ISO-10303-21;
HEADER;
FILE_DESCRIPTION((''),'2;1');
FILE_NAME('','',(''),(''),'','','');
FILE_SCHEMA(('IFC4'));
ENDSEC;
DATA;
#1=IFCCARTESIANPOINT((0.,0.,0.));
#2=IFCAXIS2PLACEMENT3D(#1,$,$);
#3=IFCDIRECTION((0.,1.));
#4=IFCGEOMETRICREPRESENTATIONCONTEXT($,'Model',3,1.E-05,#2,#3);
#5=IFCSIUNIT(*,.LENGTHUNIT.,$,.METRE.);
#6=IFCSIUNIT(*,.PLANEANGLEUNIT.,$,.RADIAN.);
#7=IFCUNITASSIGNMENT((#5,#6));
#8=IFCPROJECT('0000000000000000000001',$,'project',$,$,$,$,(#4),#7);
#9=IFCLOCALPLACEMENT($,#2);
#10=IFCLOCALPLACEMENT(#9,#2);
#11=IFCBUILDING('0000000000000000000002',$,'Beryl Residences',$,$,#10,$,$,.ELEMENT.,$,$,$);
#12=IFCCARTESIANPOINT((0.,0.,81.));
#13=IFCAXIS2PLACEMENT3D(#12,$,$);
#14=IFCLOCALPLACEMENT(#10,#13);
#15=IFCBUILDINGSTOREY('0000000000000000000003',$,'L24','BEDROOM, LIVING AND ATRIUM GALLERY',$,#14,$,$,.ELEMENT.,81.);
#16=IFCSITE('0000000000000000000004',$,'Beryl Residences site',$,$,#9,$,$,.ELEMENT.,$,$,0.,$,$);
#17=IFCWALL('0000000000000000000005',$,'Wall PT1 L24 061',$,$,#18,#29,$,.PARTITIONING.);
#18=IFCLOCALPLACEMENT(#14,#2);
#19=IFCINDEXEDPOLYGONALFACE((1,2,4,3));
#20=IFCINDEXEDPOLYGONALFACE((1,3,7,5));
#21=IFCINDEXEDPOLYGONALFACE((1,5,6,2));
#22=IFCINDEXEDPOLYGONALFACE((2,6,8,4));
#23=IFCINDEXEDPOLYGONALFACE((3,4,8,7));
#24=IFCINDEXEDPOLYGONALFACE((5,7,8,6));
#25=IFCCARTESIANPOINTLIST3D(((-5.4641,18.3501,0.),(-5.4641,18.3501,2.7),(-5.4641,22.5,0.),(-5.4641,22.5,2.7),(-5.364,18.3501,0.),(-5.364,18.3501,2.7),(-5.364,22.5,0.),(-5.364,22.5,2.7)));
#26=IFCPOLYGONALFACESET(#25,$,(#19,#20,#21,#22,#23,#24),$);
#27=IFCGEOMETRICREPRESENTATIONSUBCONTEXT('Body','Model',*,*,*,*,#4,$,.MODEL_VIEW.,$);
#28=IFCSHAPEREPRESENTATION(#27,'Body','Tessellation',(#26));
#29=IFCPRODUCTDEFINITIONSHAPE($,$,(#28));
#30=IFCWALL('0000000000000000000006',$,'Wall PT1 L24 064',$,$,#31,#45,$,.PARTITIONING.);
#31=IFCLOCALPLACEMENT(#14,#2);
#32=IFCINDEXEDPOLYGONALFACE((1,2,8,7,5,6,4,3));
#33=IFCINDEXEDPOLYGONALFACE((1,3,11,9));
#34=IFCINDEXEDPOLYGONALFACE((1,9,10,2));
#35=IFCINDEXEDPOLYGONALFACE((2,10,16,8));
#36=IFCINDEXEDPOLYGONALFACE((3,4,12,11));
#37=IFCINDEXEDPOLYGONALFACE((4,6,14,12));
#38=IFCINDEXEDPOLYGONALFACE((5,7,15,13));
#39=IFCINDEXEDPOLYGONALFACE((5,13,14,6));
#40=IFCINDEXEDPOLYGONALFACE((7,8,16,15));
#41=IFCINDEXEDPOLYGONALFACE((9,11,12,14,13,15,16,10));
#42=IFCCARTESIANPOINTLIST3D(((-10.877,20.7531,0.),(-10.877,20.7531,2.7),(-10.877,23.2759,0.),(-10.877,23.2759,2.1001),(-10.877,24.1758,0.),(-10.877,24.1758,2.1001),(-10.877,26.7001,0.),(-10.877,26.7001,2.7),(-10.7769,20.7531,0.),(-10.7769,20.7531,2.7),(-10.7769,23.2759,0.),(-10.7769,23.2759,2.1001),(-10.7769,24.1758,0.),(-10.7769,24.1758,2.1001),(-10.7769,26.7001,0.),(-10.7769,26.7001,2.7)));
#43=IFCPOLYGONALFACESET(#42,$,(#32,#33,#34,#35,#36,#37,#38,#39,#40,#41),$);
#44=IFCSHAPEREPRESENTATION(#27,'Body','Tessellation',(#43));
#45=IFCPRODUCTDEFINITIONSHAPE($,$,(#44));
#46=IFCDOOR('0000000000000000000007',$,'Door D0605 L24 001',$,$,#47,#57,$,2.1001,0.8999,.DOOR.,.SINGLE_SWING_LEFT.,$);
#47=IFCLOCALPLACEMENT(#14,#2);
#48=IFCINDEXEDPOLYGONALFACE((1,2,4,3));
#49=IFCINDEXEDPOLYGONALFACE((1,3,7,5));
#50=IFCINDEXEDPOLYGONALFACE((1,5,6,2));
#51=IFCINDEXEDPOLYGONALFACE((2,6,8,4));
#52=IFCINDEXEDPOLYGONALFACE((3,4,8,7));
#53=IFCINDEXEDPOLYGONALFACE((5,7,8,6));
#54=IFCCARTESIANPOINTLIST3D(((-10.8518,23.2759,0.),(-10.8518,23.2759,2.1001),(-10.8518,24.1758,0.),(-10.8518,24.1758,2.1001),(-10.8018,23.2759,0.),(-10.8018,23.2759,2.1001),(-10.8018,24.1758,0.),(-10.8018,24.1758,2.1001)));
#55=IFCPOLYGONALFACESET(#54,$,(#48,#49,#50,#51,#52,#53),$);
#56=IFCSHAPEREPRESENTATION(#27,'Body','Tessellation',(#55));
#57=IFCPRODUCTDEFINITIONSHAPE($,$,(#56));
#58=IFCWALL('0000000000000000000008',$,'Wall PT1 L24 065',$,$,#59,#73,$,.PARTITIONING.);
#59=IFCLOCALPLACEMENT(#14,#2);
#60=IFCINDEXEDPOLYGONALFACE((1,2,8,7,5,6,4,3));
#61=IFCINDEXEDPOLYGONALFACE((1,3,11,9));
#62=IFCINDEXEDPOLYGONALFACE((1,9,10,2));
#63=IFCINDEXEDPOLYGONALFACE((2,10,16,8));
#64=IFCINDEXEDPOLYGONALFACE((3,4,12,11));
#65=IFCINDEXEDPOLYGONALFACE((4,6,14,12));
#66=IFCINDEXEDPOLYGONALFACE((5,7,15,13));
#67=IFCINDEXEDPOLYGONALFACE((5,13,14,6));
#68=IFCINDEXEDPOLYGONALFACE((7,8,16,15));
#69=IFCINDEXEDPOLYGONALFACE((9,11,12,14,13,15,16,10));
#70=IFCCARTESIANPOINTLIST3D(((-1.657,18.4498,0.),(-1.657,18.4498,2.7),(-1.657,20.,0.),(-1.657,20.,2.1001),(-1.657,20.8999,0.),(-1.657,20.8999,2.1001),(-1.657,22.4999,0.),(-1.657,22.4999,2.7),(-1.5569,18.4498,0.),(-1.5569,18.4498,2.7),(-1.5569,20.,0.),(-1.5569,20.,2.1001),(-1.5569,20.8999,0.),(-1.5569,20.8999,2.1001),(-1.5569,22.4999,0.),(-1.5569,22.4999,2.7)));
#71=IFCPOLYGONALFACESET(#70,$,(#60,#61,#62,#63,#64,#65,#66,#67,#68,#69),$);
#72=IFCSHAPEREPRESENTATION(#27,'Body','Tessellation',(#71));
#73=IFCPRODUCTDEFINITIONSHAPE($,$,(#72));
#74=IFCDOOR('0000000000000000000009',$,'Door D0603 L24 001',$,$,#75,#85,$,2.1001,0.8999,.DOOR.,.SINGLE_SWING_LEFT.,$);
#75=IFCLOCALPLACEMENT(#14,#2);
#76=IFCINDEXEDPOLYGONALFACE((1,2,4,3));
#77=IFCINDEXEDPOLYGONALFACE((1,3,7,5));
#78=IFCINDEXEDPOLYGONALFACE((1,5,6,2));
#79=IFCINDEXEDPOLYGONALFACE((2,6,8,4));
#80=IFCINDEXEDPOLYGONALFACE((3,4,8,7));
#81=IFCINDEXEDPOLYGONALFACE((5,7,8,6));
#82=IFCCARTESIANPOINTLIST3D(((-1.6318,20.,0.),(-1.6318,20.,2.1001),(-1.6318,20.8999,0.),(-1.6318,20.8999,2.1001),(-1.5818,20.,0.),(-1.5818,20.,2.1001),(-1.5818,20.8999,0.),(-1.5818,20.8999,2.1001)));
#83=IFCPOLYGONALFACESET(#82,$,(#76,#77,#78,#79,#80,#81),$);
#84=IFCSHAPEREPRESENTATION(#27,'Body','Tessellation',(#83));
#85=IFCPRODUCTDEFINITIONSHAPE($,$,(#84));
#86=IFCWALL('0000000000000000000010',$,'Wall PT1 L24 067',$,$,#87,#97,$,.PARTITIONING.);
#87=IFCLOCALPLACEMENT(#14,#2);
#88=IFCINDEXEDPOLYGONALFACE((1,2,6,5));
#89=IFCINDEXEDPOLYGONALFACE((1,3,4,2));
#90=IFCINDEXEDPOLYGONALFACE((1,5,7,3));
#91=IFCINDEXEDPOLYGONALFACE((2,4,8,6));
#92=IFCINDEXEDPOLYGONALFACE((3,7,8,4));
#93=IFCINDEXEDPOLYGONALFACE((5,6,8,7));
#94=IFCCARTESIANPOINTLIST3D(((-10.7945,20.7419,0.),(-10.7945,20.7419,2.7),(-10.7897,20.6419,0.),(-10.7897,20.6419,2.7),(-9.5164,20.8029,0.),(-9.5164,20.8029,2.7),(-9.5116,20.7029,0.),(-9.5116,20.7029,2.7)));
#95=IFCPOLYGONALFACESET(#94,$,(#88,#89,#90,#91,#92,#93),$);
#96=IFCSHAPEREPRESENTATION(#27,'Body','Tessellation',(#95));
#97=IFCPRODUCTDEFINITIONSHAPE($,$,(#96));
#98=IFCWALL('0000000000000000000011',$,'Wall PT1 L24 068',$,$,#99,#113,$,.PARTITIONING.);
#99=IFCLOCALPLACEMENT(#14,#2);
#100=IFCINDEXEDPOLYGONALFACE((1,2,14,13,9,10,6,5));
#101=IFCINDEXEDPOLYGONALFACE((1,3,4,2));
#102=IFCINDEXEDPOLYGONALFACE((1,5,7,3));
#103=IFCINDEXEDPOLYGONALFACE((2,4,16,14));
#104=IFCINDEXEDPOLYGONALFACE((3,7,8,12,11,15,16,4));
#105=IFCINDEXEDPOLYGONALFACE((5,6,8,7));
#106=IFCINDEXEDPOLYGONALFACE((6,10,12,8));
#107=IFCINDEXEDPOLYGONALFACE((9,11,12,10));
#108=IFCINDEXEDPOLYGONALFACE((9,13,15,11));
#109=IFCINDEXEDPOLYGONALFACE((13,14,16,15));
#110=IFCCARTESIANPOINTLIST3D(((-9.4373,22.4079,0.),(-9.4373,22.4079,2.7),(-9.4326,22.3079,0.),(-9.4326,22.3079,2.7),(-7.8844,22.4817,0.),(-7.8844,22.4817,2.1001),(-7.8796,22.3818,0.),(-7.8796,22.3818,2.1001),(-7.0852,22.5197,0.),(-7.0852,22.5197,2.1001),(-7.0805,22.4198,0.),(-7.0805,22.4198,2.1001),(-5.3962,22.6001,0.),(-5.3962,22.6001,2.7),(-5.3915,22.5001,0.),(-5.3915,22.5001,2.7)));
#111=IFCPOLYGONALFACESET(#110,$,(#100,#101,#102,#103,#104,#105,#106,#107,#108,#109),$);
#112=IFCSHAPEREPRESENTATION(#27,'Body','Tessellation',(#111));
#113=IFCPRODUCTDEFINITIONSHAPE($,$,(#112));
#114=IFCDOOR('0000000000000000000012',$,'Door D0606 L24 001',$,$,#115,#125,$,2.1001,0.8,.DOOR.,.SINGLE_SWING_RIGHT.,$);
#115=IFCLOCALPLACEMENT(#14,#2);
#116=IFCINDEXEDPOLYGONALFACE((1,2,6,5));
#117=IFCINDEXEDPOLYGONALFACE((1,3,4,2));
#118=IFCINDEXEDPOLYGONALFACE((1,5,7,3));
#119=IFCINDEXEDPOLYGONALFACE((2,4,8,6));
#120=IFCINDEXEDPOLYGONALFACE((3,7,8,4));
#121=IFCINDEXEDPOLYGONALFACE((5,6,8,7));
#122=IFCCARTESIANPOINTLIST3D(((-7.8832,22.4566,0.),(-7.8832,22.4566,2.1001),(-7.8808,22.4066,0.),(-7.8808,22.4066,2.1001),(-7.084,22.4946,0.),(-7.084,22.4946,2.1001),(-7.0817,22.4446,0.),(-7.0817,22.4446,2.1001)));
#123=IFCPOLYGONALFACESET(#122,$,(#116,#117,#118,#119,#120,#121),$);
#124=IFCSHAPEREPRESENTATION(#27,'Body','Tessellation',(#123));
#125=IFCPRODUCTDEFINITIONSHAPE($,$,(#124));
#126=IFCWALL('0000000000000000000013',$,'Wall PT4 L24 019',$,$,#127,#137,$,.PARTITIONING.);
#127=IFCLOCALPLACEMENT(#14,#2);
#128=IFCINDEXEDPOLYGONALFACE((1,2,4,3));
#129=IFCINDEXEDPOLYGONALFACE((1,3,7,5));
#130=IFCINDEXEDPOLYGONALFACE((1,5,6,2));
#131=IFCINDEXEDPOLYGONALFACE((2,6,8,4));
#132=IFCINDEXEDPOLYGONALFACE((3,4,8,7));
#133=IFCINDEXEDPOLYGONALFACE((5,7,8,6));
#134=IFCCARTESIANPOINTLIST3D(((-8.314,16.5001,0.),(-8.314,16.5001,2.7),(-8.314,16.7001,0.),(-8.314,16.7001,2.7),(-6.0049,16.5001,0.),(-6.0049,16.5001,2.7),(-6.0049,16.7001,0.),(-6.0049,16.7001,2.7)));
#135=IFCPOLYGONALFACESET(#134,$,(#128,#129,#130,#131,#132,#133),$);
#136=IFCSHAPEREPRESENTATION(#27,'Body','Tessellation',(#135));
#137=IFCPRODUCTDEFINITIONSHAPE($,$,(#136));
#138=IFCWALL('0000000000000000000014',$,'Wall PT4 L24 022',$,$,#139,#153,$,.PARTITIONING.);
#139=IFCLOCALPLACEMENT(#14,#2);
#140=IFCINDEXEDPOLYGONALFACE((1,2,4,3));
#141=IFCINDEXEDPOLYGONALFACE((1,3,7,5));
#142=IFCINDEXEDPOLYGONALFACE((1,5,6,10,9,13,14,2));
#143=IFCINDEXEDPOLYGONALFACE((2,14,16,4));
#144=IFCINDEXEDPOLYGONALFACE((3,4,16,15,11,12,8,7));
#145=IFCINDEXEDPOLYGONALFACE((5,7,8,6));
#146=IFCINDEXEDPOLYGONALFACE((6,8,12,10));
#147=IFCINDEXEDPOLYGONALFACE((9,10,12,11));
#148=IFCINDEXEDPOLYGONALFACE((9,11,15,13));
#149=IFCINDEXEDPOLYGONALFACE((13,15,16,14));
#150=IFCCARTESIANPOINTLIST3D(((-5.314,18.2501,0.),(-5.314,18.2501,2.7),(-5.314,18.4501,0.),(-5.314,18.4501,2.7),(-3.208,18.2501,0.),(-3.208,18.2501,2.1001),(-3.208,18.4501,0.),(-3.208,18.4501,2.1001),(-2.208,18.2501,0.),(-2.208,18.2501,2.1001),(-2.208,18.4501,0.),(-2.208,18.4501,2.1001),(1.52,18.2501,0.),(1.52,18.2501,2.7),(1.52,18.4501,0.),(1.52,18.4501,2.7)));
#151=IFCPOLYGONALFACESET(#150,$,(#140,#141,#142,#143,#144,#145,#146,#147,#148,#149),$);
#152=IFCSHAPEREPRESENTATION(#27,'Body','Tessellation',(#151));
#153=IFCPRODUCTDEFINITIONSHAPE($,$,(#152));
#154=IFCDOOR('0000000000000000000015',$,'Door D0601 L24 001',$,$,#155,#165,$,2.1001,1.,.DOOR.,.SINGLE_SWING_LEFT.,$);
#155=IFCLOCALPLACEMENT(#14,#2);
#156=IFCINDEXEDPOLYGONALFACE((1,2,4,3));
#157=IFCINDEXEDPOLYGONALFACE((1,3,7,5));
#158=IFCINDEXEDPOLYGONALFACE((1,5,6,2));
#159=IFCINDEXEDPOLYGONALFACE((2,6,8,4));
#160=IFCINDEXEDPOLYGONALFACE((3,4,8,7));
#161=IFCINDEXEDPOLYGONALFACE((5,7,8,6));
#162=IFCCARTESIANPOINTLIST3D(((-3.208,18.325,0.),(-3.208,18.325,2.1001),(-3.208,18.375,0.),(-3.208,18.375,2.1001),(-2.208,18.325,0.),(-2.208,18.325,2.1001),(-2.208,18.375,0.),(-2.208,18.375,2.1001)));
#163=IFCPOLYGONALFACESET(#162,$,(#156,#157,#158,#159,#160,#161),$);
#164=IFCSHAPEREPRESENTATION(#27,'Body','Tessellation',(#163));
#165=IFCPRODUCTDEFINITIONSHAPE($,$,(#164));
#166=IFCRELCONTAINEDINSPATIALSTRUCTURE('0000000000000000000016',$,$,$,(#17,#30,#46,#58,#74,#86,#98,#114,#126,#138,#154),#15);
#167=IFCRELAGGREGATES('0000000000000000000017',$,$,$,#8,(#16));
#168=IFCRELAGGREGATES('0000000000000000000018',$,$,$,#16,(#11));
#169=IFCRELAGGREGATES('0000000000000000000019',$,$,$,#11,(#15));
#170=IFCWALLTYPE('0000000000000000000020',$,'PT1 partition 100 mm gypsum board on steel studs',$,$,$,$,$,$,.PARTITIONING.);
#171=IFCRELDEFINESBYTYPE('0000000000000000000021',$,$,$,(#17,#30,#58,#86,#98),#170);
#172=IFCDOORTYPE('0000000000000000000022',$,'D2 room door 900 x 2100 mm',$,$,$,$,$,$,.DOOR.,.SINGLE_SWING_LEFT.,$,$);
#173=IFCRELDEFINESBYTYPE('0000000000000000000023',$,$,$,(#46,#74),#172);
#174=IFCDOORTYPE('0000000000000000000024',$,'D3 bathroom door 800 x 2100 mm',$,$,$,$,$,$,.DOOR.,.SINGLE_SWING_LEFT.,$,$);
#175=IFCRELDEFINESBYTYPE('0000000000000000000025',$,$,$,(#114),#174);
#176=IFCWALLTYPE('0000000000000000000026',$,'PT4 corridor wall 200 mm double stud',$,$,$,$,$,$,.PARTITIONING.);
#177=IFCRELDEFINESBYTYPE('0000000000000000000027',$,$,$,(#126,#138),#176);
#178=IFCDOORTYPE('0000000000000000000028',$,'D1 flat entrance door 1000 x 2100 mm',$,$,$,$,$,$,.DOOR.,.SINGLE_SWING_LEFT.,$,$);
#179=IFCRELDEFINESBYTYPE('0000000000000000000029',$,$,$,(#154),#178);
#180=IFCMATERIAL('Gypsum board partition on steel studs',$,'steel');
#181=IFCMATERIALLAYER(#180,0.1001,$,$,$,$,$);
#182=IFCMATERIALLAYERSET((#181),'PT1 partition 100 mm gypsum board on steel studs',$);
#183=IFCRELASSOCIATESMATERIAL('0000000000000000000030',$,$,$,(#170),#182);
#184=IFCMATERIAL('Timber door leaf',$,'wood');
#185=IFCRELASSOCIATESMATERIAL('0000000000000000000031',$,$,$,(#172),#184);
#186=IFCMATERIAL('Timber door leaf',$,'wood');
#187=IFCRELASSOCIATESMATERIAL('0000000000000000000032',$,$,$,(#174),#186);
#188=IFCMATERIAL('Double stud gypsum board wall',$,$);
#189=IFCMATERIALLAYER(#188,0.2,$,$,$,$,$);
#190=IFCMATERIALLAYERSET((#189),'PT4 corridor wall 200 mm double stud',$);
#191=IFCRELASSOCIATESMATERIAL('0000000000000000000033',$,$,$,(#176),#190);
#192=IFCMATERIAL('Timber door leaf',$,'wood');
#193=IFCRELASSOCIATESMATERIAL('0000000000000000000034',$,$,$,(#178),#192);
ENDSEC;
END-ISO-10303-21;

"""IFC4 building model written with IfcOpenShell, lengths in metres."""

from ifc_helpers import new_model, si_unit, direction, frame, frame_2d, origin, place, context, subcontext, project, spatial, rectangle, extrude, material, layer, layer_set, type_object, element, fill, save


model = new_model("IFC4")

# Units and contexts
model_context = context("Model", 3, precision=1e-05, world=origin(), true_north=direction((0.0, 1.0)))
body_context = subcontext(model_context, "Body", "Model", "MODEL_VIEW")
ifc_project = project(units=[si_unit("LENGTHUNIT", "METRE"), si_unit("PLANEANGLEUNIT", "RADIAN")], contexts=[model_context])

# Site, building, storey
site_placement = place(None, origin())
site = spatial("IfcSite", under=ifc_project, at=site_placement, Name="Beryl Residences site", CompositionType="ELEMENT", RefElevation=0.0)
building_placement = place(site_placement, origin())
building = spatial("IfcBuilding", under=site, at=building_placement, Name="Beryl Residences", CompositionType="ELEMENT")
storey_placement = place(building_placement, frame((0.0, 0.0, 81.0)))
storey = spatial("IfcBuildingStorey", under=building, at=storey_placement, Name="L24", Description="BEDROOM, LIVING AND ATRIUM GALLERY", CompositionType="ELEMENT", Elevation=81.0)

# Shared definitions
ifc_material_1 = material(Name="Gypsum board partition on steel studs", Category="steel")
ifc_layer_1 = layer(ifc_material_1, 0.1001)
ifc_layer_set_1 = layer_set([ifc_layer_1], Name="PT1 partition 100 mm gypsum board on steel studs")
wall_type_1 = type_object("IfcWallType", Name="PT1 partition 100 mm gypsum board on steel studs", PredefinedType="PARTITIONING", material=ifc_layer_set_1)

# Shared definitions
ifc_material_2 = material(Name="Timber door leaf", Category="wood")
door_type_1 = type_object("IfcDoorType", Name="D2 room door 900 x 2100 mm", OperationType="SINGLE_SWING_LEFT", PredefinedType="DOOR", material=ifc_material_2)

# Shared definitions
ifc_material_3 = material(Name="Timber door leaf", Category="wood")
door_type_2 = type_object("IfcDoorType", Name="D3 bathroom door 800 x 2100 mm", OperationType="SINGLE_SWING_LEFT", PredefinedType="DOOR", material=ifc_material_3)

# Wall
wall_1_placement = place(storey_placement, frame((-5.4141, 18.3501, 0.0), z_axis=(0.0, 0.0, 1.0), x_axis=(0.0, 1.0, 0.0)))
element("IfcWall", 1, at=wall_1_placement, inside=storey, type_object=wall_type_1, Name="Wall PT1 L24 061", PredefinedType="PARTITIONING", context=body_context, shape_type="SweptSolid", body=[
    extrude(rectangle(XDim=4.1499, YDim=0.1001, at=frame_2d((2.075, 0.0))), origin(), (0.0, 0.0, 1.0), 2.7),
])

# Walls, openings, doors
wall_2_placement = place(storey_placement, frame((-10.8269, 20.7529, 0.0), z_axis=(0.0, 0.0, 1.0), x_axis=(0.0, 1.0, 0.0)))
wall_2 = element("IfcWall", 2, at=wall_2_placement, inside=storey, type_object=wall_type_1, Name="Wall PT1 L24 064", PredefinedType="PARTITIONING", context=body_context, shape_type="SweptSolid", body=[
    extrude(rectangle(XDim=5.947, YDim=0.1001, at=frame_2d((2.9736, 0.0))), origin(), (0.0, 0.0, 1.0), 2.7),
])
opening_1_placement = place(wall_2_placement, frame((2.5229, 0.0, 0.0)))
opening_1 = element("IfcOpeningElement", 3, at=opening_1_placement, cuts=wall_2, PredefinedType="OPENING", context=body_context, shape_type="SweptSolid", body=[
    extrude(rectangle(XDim=0.8999, YDim=2.1001, at=frame_2d((0.45, 1.05))), frame((0.0, 0.0601, 0.0), z_axis=(0.0, -1.0, 0.0), x_axis=(1.0, 0.0, 0.0)), (0.0, 0.0, 1.0), 0.1201),
])
door_1_placement = place(opening_1_placement, origin())
door_1 = element("IfcDoor", 4, at=door_1_placement, inside=storey, type_object=door_type_1, Name="Door D0605 L24 001", OperationType="SINGLE_SWING_LEFT", OverallHeight=2.1001, OverallWidth=0.8999, PredefinedType="DOOR", context=body_context, shape_type="SweptSolid", body=[
    extrude(rectangle(XDim=0.8999, YDim=2.1001, at=frame_2d((0.45, 1.05))), frame((0.0, 0.0249, 0.0), z_axis=(0.0, -1.0, 0.0), x_axis=(1.0, 0.0, 0.0)), (0.0, 0.0, 1.0), 0.05),
])
fill(opening_1, door_1)
wall_3_placement = place(storey_placement, frame((-1.6069, 18.45, 0.0), z_axis=(0.0, 0.0, 1.0), x_axis=(0.0, 1.0, 0.0)))
wall_3 = element("IfcWall", 5, at=wall_3_placement, inside=storey, type_object=wall_type_1, Name="Wall PT1 L24 065", PredefinedType="PARTITIONING", context=body_context, shape_type="SweptSolid", body=[
    extrude(rectangle(XDim=4.05, YDim=0.1001, at=frame_2d((2.0249, 0.0))), origin(), (0.0, 0.0, 1.0), 2.7),
])
opening_2_placement = place(wall_3_placement, frame((1.55, 0.0, 0.0)))
opening_2 = element("IfcOpeningElement", 6, at=opening_2_placement, cuts=wall_3, PredefinedType="OPENING", context=body_context, shape_type="SweptSolid", body=[
    extrude(rectangle(XDim=0.8999, YDim=2.1001, at=frame_2d((0.45, 1.05))), frame((0.0, 0.0601, 0.0), z_axis=(0.0, -1.0, 0.0), x_axis=(1.0, 0.0, 0.0)), (0.0, 0.0, 1.0), 0.1201),
])
door_2_placement = place(opening_2_placement, origin())
door_2 = element("IfcDoor", 7, at=door_2_placement, inside=storey, type_object=door_type_1, Name="Door D0603 L24 001", OperationType="SINGLE_SWING_LEFT", OverallHeight=2.1001, OverallWidth=0.8999, PredefinedType="DOOR", context=body_context, shape_type="SweptSolid", body=[
    extrude(rectangle(XDim=0.8999, YDim=2.1001, at=frame_2d((0.45, 1.05))), frame((0.0, 0.0249, 0.0), z_axis=(0.0, -1.0, 0.0), x_axis=(1.0, 0.0, 0.0)), (0.0, 0.0, 1.0), 0.05),
])
fill(opening_2, door_2)

# Wall
wall_4_placement = place(storey_placement, frame((-10.792, 20.6919, 0.0), z_axis=(0.0, 0.0, 1.0), x_axis=(0.998862, 0.047701, 0.0)))
element("IfcWall", 8, at=wall_4_placement, inside=storey, type_object=wall_type_1, Name="Wall PT1 L24 067", PredefinedType="PARTITIONING", context=body_context, shape_type="SweptSolid", body=[
    extrude(rectangle(XDim=1.2795, YDim=0.1001, at=frame_2d((0.6396, 0.0))), origin(), (0.0, 0.0, 1.0), 2.7),
])

# Wall, opening, door
wall_5_placement = place(storey_placement, frame((-9.4351, 22.3579, 0.0), z_axis=(0.0, 0.0, 1.0), x_axis=(0.998872, 0.047493, 0.0)))
wall_5 = element("IfcWall", 9, at=wall_5_placement, inside=storey, type_object=wall_type_1, Name="Wall PT1 L24 068", PredefinedType="PARTITIONING", context=body_context, shape_type="SweptSolid", body=[
    extrude(rectangle(XDim=4.0457, YDim=0.1001, at=frame_2d((2.0229, 0.0))), origin(), (0.0, 0.0, 1.0), 2.7),
])
opening_3_placement = place(wall_5_placement, frame((1.5549, 0.0, 0.0)))
opening_3 = element("IfcOpeningElement", 10, at=opening_3_placement, cuts=wall_5, PredefinedType="OPENING", context=body_context, shape_type="SweptSolid", body=[
    extrude(rectangle(XDim=0.8, YDim=2.1001, at=frame_2d((0.3999, 1.05))), frame((0.0, 0.0601, 0.0), z_axis=(0.0, -1.0, 0.0), x_axis=(1.0, 0.0, 0.0)), (0.0, 0.0, 1.0), 0.1201),
])
door_3_placement = place(opening_3_placement, origin())
door_3 = element("IfcDoor", 11, at=door_3_placement, inside=storey, type_object=door_type_2, Name="Door D0606 L24 001", OperationType="SINGLE_SWING_RIGHT", OverallHeight=2.1001, OverallWidth=0.8, PredefinedType="DOOR", context=body_context, shape_type="SweptSolid", body=[
    extrude(rectangle(XDim=0.8, YDim=2.1001, at=frame_2d((0.3999, 1.05))), frame((0.0, 0.0249, 0.0), z_axis=(0.0, -1.0, 0.0), x_axis=(1.0, 0.0, 0.0)), (0.0, 0.0, 1.0), 0.05),
])
fill(opening_3, door_3)

# Wall
ifc_material_4 = material(Name="Double stud gypsum board wall")
ifc_layer_2 = layer(ifc_material_4, 0.2)
ifc_layer_set_2 = layer_set([ifc_layer_2], Name="PT4 corridor wall 200 mm double stud")
wall_type_2 = type_object("IfcWallType", Name="PT4 corridor wall 200 mm double stud", PredefinedType="PARTITIONING", material=ifc_layer_set_2)
wall_6_placement = place(storey_placement, frame((-8.314, 16.6001, 0.0), z_axis=(0.0, 0.0, 1.0), x_axis=(1.0, 0.0, 0.0)))
element("IfcWall", 12, at=wall_6_placement, inside=storey, type_object=wall_type_2, Name="Wall PT4 L24 019", PredefinedType="PARTITIONING", context=body_context, shape_type="SweptSolid", body=[
    extrude(rectangle(XDim=2.3091, YDim=0.2, at=frame_2d((1.1545, 0.0))), origin(), (0.0, 0.0, 1.0), 2.7),
])

# Wall, opening, door
wall_7_placement = place(storey_placement, frame((-5.314, 18.3501, 0.0), z_axis=(0.0, 0.0, 1.0), x_axis=(1.0, 0.0, 0.0)))
wall_7 = element("IfcWall", 13, at=wall_7_placement, inside=storey, type_object=wall_type_2, Name="Wall PT4 L24 022", PredefinedType="PARTITIONING", context=body_context, shape_type="SweptSolid", body=[
    extrude(rectangle(XDim=6.834, YDim=0.2, at=frame_2d((3.417, 0.0))), origin(), (0.0, 0.0, 1.0), 2.7),
])
opening_4_placement = place(wall_7_placement, frame((2.106, 0.0, 0.0)))
opening_4 = element("IfcOpeningElement", 14, at=opening_4_placement, cuts=wall_7, PredefinedType="OPENING", context=body_context, shape_type="SweptSolid", body=[
    extrude(rectangle(XDim=1.0, YDim=2.1001, at=frame_2d((0.5, 1.05))), frame((0.0, 0.1099, 0.0), z_axis=(0.0, -1.0, 0.0), x_axis=(1.0, 0.0, 0.0)), (0.0, 0.0, 1.0), 0.22),
])
ifc_material_5 = material(Name="Timber door leaf", Category="wood")
door_type_3 = type_object("IfcDoorType", Name="D1 flat entrance door 1000 x 2100 mm", OperationType="SINGLE_SWING_LEFT", PredefinedType="DOOR", material=ifc_material_5)
door_4_placement = place(opening_4_placement, origin())
door_4 = element("IfcDoor", 15, at=door_4_placement, inside=storey, type_object=door_type_3, Name="Door D0601 L24 001", OperationType="SINGLE_SWING_LEFT", OverallHeight=2.1001, OverallWidth=1.0, PredefinedType="DOOR", context=body_context, shape_type="SweptSolid", body=[
    extrude(rectangle(XDim=1.0, YDim=2.1001, at=frame_2d((0.5, 1.05))), frame((0.0, 0.0249, 0.0), z_axis=(0.0, -1.0, 0.0), x_axis=(1.0, 0.0, 0.0)), (0.0, 0.0, 1.0), 0.05),
])
fill(opening_4, door_4)

save(model, "model.ifc")
